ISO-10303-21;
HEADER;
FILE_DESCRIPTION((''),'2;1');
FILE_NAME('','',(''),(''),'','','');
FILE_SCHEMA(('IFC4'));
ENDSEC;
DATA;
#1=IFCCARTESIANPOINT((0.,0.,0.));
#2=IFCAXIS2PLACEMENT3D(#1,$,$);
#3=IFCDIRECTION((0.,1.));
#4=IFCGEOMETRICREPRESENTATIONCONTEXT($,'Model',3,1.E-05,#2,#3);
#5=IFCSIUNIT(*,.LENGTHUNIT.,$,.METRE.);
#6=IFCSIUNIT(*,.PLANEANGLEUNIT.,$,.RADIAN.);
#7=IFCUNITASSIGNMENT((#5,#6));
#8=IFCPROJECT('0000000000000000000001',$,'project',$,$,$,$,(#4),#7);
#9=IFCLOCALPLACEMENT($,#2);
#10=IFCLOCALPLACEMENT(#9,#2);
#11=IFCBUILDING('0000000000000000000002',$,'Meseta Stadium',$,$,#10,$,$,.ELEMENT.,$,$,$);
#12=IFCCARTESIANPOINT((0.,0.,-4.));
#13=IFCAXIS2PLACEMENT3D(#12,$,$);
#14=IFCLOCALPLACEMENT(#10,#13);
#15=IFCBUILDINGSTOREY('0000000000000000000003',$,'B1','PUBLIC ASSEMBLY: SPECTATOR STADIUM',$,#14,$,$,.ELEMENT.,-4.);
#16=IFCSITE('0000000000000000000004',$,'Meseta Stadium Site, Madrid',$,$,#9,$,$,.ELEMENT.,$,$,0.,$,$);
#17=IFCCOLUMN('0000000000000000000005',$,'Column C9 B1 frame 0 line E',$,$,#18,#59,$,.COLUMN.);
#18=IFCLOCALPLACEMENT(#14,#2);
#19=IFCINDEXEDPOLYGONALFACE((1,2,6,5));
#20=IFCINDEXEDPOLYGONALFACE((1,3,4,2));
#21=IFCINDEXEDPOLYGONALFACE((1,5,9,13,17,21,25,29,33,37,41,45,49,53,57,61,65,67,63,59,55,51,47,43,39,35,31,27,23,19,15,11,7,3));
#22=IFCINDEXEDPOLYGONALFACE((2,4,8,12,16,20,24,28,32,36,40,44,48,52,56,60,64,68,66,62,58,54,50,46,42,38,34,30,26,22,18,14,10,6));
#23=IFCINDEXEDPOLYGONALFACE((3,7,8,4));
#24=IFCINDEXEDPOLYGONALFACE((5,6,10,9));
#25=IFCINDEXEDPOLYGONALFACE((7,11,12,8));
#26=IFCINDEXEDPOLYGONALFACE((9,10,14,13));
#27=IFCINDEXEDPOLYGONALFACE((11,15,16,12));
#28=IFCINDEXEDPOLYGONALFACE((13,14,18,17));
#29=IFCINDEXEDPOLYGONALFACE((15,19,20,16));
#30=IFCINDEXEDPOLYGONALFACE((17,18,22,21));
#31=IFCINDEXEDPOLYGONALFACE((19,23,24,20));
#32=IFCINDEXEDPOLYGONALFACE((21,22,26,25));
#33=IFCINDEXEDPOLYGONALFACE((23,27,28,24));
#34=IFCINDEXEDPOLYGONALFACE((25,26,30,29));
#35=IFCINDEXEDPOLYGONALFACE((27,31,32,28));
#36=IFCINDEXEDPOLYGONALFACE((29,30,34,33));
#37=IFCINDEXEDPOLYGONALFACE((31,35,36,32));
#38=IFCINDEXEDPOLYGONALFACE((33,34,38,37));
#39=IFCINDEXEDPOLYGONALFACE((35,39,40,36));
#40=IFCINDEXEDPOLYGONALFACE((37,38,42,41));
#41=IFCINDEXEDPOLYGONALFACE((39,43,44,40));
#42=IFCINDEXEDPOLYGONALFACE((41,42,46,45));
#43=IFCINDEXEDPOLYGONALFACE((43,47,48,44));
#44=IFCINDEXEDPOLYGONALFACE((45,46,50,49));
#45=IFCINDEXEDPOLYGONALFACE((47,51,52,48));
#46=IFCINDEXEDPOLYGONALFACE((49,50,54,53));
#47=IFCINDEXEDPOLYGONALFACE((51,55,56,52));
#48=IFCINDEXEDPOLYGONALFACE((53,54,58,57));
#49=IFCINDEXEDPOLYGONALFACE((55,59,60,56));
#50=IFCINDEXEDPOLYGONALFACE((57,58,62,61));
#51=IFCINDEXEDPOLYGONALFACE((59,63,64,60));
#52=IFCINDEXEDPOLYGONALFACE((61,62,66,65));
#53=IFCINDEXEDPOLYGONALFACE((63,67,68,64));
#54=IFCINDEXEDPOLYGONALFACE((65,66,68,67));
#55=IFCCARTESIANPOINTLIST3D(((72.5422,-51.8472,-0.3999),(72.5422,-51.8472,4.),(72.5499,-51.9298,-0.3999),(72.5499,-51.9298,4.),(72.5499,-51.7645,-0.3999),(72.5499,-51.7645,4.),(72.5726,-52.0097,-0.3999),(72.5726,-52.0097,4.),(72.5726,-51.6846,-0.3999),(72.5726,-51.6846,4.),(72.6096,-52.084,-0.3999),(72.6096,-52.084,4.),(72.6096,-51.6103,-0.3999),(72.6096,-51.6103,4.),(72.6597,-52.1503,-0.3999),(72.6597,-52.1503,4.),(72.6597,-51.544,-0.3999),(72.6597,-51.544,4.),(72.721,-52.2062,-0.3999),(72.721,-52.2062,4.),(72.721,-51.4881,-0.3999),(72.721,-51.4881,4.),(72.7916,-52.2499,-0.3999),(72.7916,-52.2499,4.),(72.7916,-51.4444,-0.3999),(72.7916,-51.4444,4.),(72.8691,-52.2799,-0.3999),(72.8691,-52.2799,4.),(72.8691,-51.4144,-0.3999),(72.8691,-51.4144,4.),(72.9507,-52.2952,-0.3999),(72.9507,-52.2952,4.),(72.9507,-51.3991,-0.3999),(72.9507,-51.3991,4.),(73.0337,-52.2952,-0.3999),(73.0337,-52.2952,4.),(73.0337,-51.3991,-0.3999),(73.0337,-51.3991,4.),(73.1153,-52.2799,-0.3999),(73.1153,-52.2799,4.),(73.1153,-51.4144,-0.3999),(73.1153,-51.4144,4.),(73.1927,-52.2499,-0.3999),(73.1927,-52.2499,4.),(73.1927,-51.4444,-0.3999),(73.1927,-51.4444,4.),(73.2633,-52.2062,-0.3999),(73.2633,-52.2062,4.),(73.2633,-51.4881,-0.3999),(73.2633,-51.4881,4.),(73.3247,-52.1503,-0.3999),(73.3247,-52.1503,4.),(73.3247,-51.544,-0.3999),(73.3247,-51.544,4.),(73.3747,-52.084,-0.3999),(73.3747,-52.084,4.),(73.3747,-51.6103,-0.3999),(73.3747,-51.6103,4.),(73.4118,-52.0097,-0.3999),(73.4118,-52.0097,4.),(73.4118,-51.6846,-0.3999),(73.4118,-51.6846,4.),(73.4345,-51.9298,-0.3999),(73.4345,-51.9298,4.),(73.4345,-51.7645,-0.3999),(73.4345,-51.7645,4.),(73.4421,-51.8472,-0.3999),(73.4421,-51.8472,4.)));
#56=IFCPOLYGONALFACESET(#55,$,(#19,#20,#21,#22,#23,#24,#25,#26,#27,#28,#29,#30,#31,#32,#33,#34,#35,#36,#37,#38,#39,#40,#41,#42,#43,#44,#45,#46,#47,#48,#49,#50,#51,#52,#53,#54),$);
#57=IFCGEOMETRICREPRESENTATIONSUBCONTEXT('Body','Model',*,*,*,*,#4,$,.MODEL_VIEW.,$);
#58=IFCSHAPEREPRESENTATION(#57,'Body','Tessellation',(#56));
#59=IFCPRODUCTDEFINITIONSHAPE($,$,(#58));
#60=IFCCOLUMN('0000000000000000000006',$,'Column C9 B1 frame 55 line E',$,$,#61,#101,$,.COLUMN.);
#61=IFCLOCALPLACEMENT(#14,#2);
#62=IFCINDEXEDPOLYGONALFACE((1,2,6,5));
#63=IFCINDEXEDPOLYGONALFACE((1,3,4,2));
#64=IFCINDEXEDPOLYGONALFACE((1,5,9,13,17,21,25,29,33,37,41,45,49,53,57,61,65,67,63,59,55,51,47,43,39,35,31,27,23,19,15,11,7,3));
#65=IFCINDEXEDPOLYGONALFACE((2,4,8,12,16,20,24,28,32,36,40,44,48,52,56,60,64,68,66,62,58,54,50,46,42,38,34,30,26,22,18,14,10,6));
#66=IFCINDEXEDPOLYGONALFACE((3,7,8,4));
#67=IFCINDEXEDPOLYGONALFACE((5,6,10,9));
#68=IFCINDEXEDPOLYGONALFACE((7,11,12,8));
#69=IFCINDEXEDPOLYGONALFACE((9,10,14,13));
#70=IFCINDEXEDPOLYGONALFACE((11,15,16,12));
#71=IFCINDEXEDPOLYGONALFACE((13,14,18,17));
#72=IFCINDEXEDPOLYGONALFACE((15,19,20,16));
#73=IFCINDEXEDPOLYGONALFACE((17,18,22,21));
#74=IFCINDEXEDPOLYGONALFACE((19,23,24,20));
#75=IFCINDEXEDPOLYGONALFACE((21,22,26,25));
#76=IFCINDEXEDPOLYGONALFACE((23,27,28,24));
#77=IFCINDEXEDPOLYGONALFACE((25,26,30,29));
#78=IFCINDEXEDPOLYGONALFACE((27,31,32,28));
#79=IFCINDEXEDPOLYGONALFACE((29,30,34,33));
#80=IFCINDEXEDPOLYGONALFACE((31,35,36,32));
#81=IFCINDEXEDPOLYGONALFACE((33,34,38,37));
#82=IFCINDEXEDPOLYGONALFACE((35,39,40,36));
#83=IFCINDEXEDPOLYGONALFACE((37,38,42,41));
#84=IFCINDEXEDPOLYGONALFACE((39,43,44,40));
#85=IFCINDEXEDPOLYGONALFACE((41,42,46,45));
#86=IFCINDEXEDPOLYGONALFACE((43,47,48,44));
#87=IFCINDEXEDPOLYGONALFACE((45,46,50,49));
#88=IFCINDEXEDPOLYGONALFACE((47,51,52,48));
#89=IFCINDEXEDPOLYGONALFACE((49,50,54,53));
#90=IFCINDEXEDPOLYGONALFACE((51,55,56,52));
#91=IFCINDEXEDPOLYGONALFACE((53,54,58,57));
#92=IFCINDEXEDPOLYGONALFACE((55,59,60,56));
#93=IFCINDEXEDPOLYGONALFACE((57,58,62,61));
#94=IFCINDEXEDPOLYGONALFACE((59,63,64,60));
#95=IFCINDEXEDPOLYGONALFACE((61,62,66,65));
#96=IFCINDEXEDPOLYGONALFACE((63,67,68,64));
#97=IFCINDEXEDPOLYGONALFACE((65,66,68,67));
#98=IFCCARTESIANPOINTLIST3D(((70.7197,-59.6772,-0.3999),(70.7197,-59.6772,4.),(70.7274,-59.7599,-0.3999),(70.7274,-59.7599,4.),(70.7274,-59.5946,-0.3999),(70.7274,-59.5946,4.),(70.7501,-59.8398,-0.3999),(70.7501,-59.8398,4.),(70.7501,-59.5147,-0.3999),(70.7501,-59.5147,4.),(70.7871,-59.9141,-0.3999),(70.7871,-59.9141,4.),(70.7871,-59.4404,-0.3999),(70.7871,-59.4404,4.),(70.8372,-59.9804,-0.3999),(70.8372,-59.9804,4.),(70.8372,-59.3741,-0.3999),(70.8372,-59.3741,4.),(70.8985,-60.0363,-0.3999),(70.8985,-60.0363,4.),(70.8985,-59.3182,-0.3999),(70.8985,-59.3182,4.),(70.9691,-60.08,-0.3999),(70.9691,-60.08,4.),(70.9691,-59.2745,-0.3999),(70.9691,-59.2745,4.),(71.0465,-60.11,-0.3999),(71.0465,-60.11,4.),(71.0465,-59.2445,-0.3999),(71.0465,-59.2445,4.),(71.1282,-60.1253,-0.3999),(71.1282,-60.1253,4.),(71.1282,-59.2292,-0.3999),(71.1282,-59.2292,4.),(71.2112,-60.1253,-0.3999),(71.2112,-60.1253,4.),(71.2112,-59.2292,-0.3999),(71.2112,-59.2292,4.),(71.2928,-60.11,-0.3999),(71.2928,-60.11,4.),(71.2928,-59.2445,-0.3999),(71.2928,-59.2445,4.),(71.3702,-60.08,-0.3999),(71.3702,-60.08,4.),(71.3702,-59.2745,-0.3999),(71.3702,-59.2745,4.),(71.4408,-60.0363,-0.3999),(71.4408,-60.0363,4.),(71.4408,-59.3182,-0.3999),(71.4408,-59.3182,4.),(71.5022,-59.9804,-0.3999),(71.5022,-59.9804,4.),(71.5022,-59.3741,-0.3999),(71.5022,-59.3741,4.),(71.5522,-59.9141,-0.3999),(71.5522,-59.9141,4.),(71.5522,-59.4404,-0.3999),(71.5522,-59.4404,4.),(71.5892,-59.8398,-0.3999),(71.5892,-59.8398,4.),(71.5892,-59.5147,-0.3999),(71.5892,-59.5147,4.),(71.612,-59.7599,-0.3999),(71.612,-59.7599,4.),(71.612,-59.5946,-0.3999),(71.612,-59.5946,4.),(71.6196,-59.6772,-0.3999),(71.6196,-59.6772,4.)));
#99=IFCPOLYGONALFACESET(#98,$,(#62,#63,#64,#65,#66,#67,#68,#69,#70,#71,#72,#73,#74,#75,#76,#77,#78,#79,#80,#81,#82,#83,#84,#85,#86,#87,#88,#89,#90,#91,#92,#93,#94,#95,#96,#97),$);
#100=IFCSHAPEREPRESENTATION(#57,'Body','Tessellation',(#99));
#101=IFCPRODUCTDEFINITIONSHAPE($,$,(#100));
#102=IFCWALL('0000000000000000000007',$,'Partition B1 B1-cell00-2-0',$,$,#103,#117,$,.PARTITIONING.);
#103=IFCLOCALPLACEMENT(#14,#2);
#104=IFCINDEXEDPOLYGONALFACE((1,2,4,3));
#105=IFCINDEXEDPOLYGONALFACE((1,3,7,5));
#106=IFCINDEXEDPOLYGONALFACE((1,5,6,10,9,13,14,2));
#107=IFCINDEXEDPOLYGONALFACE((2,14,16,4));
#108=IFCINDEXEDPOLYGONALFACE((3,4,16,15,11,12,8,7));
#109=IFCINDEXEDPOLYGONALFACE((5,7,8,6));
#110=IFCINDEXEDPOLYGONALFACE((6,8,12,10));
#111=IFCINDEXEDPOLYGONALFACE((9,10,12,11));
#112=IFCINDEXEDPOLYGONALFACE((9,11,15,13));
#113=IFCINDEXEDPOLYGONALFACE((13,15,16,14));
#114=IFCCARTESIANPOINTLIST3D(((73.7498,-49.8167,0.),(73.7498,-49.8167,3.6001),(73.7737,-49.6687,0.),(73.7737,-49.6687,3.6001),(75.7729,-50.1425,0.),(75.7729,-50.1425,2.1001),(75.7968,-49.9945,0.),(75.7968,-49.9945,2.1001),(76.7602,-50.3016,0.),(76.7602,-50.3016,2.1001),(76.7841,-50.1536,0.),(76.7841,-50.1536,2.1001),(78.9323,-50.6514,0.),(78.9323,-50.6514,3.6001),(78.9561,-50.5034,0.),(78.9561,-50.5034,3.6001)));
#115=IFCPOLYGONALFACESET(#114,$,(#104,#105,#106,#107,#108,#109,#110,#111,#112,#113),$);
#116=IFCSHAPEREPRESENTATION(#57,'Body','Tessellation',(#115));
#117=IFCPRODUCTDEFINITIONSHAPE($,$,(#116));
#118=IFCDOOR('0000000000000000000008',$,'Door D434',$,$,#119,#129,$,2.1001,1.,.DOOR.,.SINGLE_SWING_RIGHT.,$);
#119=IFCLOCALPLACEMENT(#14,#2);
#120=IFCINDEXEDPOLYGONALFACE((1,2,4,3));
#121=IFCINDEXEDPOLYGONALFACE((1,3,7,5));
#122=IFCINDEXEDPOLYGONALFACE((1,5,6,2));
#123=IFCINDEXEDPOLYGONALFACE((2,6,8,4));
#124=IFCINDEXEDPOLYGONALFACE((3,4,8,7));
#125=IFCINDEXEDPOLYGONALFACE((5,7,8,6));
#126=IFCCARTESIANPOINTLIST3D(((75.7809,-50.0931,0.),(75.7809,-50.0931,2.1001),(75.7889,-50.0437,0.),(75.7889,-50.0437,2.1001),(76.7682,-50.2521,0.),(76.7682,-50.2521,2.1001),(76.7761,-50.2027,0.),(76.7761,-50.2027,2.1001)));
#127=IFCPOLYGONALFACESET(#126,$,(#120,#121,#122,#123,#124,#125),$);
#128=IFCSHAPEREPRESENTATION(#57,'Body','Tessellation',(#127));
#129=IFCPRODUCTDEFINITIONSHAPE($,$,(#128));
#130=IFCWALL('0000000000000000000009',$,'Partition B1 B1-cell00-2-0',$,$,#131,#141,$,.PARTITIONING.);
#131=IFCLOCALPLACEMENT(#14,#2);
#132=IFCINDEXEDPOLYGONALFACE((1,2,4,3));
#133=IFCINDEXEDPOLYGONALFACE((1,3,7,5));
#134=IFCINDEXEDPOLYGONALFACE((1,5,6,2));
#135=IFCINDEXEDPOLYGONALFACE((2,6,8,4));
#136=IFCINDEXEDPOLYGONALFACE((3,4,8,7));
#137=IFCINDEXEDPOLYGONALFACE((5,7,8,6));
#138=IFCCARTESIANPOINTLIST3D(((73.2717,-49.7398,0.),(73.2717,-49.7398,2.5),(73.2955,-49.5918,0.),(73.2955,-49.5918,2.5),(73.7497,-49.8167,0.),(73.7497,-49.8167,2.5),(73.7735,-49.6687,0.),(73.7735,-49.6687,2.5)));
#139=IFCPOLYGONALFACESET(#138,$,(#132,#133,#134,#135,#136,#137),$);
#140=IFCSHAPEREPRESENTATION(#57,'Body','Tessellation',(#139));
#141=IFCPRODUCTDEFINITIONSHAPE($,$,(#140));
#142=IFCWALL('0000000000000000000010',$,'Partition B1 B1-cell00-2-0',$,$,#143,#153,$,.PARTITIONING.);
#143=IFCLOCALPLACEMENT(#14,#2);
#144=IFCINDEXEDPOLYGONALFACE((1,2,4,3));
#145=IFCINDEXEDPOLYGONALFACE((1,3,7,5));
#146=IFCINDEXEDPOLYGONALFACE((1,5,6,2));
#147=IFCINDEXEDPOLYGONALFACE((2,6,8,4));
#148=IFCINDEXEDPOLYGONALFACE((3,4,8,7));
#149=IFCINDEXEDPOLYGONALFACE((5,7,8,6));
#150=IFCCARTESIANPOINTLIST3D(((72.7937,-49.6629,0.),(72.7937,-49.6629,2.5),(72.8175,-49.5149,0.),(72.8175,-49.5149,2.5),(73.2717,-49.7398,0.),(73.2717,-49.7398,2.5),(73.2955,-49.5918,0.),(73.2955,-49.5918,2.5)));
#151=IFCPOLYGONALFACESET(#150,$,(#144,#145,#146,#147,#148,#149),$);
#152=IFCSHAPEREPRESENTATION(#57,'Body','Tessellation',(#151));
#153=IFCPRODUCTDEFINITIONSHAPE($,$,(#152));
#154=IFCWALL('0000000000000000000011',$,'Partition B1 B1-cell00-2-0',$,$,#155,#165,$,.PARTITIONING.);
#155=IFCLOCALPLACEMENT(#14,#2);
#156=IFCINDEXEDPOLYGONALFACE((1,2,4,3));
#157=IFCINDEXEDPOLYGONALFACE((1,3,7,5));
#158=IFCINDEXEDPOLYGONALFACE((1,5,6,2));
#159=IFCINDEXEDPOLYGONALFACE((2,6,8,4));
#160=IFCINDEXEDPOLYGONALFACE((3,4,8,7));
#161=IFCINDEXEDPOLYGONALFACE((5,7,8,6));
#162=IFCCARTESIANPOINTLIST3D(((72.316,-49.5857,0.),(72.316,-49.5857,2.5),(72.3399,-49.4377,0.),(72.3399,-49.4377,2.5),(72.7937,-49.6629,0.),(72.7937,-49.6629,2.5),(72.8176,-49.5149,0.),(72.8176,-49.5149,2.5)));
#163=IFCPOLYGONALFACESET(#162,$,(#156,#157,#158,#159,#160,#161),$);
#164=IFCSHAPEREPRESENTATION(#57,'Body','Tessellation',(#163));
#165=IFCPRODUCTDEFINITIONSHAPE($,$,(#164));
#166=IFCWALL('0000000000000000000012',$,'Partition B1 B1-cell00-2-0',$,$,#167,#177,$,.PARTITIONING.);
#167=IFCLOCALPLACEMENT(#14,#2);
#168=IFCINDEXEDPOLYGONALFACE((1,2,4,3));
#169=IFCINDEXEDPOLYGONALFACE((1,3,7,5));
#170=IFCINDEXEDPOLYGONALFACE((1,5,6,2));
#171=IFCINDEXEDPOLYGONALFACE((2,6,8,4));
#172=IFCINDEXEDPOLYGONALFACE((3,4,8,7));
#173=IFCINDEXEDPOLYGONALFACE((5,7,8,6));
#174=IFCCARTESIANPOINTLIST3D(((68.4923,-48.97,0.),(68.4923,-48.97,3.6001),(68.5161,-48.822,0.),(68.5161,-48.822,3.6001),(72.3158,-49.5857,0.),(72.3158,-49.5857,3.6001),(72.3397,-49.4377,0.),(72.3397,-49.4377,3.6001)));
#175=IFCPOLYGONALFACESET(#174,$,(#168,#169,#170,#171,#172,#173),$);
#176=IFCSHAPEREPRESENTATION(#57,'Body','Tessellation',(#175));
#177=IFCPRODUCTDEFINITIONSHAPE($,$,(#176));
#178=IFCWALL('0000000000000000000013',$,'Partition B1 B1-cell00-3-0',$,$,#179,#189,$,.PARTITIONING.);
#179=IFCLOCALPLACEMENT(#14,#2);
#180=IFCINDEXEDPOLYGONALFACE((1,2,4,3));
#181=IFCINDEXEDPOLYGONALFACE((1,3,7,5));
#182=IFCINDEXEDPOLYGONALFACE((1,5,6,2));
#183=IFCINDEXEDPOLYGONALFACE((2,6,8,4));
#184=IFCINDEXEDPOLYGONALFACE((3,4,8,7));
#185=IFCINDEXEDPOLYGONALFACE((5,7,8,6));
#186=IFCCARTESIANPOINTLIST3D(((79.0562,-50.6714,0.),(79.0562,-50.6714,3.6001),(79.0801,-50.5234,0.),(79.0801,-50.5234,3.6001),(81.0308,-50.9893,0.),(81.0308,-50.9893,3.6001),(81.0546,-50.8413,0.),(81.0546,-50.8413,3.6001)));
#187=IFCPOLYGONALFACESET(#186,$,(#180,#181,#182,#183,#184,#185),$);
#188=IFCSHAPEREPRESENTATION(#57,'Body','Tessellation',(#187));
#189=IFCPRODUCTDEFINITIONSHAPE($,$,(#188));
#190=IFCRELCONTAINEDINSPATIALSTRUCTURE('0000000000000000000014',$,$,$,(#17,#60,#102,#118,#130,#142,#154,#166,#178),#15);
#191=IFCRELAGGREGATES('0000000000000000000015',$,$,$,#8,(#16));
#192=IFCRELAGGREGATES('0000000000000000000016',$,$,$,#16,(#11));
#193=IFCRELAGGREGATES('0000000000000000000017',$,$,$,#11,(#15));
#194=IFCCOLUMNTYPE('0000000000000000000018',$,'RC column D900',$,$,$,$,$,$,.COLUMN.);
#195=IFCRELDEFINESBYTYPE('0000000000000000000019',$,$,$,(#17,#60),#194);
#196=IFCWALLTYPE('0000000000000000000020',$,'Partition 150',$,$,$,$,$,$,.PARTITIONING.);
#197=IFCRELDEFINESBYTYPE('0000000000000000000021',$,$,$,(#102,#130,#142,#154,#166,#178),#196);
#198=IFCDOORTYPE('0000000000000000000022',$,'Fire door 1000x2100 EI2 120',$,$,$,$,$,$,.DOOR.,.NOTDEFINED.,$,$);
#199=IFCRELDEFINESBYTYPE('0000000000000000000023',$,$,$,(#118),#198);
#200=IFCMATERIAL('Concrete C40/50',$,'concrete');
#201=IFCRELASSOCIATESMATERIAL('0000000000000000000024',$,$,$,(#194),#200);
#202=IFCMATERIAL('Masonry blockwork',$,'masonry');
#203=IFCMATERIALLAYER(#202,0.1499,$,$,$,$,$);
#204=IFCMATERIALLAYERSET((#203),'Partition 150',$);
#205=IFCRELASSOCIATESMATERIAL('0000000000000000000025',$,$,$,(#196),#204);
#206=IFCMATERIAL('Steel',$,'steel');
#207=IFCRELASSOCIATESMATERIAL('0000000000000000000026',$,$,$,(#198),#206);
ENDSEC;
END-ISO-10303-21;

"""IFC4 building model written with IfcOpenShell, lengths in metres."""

from ifc_helpers import new_model, si_unit, direction, frame, frame_2d, origin, origin_2d, place, context, subcontext, project, spatial, rectangle, circle, extrude, material, layer, layer_set, material_profile, profile_set, type_object, element, fill, save


model = new_model("IFC4")

# Units and contexts
model_context = context("Model", 3, precision=1e-05, world=origin(), true_north=direction((0.0, 1.0)))
body_context = subcontext(model_context, "Body", "Model", "MODEL_VIEW")
ifc_project = project(units=[si_unit("LENGTHUNIT", "METRE"), si_unit("PLANEANGLEUNIT", "RADIAN")], contexts=[model_context])

# Site, building, storey
site_placement = place(None, origin())
site = spatial("IfcSite", under=ifc_project, at=site_placement, Name="Meseta Stadium Site, Madrid", CompositionType="ELEMENT", RefElevation=0.0)
building_placement = place(site_placement, origin())
building = spatial("IfcBuilding", under=site, at=building_placement, Name="Meseta Stadium", CompositionType="ELEMENT")
storey_placement = place(building_placement, frame((0.0, 0.0, -4.0)))
storey = spatial("IfcBuildingStorey", under=building, at=storey_placement, Name="B1", Description="PUBLIC ASSEMBLY: SPECTATOR STADIUM", CompositionType="ELEMENT", Elevation=-4.0)

# Columns
ifc_material_1 = material(Name="Concrete C40/50", Category="concrete")
ifc_material_profile = material_profile(ifc_material_1, circle(Radius=0.45, at=origin_2d()), Name="RC D900")
ifc_profile_set = profile_set([ifc_material_profile], Name="Concrete C40/50")
column_type = type_object("IfcColumnType", Name="RC column D900", PredefinedType="COLUMN", material=ifc_profile_set)
for number, where, z_axis, x_axis, name in (
    (1, (72.9922, -51.8472, -0.3999), (0.0, 0.0, 1.0), (1.0, 0.0, 0.0), "Column C9 B1 frame 0 line E"),
    (2, (71.1697, -59.6772, -0.3999), (0.0, 0.0, 1.0), (1.0, 0.0, 0.0), "Column C9 B1 frame 55 line E"),
):
    element("IfcColumn", number, at=place(storey_placement, frame(where, z_axis=z_axis, x_axis=x_axis)), inside=storey, type_object=column_type, Name=name, PredefinedType="COLUMN", context=body_context, shape_type="SweptSolid", body=[
        extrude(circle(Radius=0.45, at=origin_2d()), origin(), (0.0, 0.0, 1.0), 4.3999),
    ])

# Wall, opening, door
ifc_material_2 = material(Name="Masonry blockwork", Category="masonry")
ifc_layer = layer(ifc_material_2, 0.1499)
ifc_layer_set = layer_set([ifc_layer], Name="Partition 150")
wall_type = type_object("IfcWallType", Name="Partition 150", PredefinedType="PARTITIONING", material=ifc_layer_set)
wall_1_placement = place(storey_placement, frame((78.9441, -50.5774, 0.0), z_axis=(0.0, 0.0, 1.0), x_axis=(-0.987276, 0.159019, 0.0)))
wall_1 = element("IfcWall", 3, at=wall_1_placement, inside=storey, type_object=wall_type, Name="Partition B1 B1-cell00-2-0", PredefinedType="PARTITIONING", context=body_context, shape_type="SweptSolid", body=[
    extrude(rectangle(XDim=5.2493, YDim=0.1499, at=frame_2d((2.6245, 0.0))), origin(), (0.0, 0.0, 1.0), 3.6001),
])
opening_placement = place(wall_1_placement, frame((2.2, 0.0, 0.0)))
opening = element("IfcOpeningElement", 4, at=opening_placement, cuts=wall_1, PredefinedType="OPENING", context=body_context, shape_type="SweptSolid", body=[
    extrude(rectangle(XDim=1.0, YDim=2.1001, at=frame_2d((0.5, 1.05))), frame((0.0, 0.085, 0.0), z_axis=(0.0, -1.0, 0.0), x_axis=(1.0, 0.0, 0.0)), (0.0, 0.0, 1.0), 0.1699),
])
ifc_material_3 = material(Name="Steel", Category="steel")
door_type = type_object("IfcDoorType", Name="Fire door 1000x2100 EI2 120", OperationType="NOTDEFINED", PredefinedType="DOOR", material=ifc_material_3)
door_placement = place(opening_placement, origin())
door = element("IfcDoor", 5, at=door_placement, inside=storey, type_object=door_type, Name="Door D434", OperationType="SINGLE_SWING_RIGHT", OverallHeight=2.1001, OverallWidth=1.0, PredefinedType="DOOR", context=body_context, shape_type="SweptSolid", body=[
    extrude(rectangle(XDim=1.0, YDim=2.1001, at=frame_2d((0.5, 1.05))), frame((0.0, 0.0249, 0.0), z_axis=(0.0, -1.0, 0.0), x_axis=(1.0, 0.0, 0.0)), (0.0, 0.0, 1.0), 0.05),
])
fill(opening, door)

# Walls
for number, where, z_axis, x_axis, name in (
    (6, (73.7617, -49.7427, 0.0), (0.0, 0.0, 1.0), (-0.987305, 0.158836, 0.0), "Partition B1 B1-cell00-2-0"),
    (7, (73.2837, -49.6658, 0.0), (0.0, 0.0, 1.0), (-0.987305, 0.158836, 0.0), "Partition B1 B1-cell00-2-0"),
):
    element("IfcWall", number, at=place(storey_placement, frame(where, z_axis=z_axis, x_axis=x_axis)), inside=storey, type_object=wall_type, Name=name, PredefinedType="PARTITIONING", context=body_context, shape_type="SweptSolid", body=[
        extrude(rectangle(XDim=0.4841, YDim=0.1499, at=frame_2d((0.2422, 0.0))), origin(), (0.0, 0.0, 1.0), 2.5),
    ])
wall_2_placement = place(storey_placement, frame((72.8057, -49.5889, 0.0), z_axis=(0.0, 0.0, 1.0), x_axis=(-0.987213, 0.159407, 0.0)))
element("IfcWall", 8, at=wall_2_placement, inside=storey, type_object=wall_type, Name="Partition B1 B1-cell00-2-0", PredefinedType="PARTITIONING", context=body_context, shape_type="SweptSolid", body=[
    extrude(rectangle(XDim=0.4839, YDim=0.1499, at=frame_2d((0.2419, 0.0))), origin(), (0.0, 0.0, 1.0), 2.5),
])
wall_3_placement = place(storey_placement, frame((72.3279, -49.5117, 0.0), z_axis=(0.0, 0.0, 1.0), x_axis=(-0.98728, 0.158989, 0.0)))
element("IfcWall", 9, at=wall_3_placement, inside=storey, type_object=wall_type, Name="Partition B1 B1-cell00-2-0", PredefinedType="PARTITIONING", context=body_context, shape_type="SweptSolid", body=[
    extrude(rectangle(XDim=3.8728, YDim=0.1499, at=frame_2d((1.9365, 0.0))), origin(), (0.0, 0.0, 1.0), 3.6001),
])
wall_4_placement = place(storey_placement, frame((81.0427, -50.9153, 0.0), z_axis=(0.0, 0.0, 1.0), x_axis=(-0.987289, 0.158933, 0.0)))
element("IfcWall", 10, at=wall_4_placement, inside=storey, type_object=wall_type, Name="Partition B1 B1-cell00-3-0", PredefinedType="PARTITIONING", context=body_context, shape_type="SweptSolid", body=[
    extrude(rectangle(XDim=2.0, YDim=0.1499, at=frame_2d((1.0, 0.0))), origin(), (0.0, 0.0, 1.0), 3.6001),
])

save(model, "model.ifc")
